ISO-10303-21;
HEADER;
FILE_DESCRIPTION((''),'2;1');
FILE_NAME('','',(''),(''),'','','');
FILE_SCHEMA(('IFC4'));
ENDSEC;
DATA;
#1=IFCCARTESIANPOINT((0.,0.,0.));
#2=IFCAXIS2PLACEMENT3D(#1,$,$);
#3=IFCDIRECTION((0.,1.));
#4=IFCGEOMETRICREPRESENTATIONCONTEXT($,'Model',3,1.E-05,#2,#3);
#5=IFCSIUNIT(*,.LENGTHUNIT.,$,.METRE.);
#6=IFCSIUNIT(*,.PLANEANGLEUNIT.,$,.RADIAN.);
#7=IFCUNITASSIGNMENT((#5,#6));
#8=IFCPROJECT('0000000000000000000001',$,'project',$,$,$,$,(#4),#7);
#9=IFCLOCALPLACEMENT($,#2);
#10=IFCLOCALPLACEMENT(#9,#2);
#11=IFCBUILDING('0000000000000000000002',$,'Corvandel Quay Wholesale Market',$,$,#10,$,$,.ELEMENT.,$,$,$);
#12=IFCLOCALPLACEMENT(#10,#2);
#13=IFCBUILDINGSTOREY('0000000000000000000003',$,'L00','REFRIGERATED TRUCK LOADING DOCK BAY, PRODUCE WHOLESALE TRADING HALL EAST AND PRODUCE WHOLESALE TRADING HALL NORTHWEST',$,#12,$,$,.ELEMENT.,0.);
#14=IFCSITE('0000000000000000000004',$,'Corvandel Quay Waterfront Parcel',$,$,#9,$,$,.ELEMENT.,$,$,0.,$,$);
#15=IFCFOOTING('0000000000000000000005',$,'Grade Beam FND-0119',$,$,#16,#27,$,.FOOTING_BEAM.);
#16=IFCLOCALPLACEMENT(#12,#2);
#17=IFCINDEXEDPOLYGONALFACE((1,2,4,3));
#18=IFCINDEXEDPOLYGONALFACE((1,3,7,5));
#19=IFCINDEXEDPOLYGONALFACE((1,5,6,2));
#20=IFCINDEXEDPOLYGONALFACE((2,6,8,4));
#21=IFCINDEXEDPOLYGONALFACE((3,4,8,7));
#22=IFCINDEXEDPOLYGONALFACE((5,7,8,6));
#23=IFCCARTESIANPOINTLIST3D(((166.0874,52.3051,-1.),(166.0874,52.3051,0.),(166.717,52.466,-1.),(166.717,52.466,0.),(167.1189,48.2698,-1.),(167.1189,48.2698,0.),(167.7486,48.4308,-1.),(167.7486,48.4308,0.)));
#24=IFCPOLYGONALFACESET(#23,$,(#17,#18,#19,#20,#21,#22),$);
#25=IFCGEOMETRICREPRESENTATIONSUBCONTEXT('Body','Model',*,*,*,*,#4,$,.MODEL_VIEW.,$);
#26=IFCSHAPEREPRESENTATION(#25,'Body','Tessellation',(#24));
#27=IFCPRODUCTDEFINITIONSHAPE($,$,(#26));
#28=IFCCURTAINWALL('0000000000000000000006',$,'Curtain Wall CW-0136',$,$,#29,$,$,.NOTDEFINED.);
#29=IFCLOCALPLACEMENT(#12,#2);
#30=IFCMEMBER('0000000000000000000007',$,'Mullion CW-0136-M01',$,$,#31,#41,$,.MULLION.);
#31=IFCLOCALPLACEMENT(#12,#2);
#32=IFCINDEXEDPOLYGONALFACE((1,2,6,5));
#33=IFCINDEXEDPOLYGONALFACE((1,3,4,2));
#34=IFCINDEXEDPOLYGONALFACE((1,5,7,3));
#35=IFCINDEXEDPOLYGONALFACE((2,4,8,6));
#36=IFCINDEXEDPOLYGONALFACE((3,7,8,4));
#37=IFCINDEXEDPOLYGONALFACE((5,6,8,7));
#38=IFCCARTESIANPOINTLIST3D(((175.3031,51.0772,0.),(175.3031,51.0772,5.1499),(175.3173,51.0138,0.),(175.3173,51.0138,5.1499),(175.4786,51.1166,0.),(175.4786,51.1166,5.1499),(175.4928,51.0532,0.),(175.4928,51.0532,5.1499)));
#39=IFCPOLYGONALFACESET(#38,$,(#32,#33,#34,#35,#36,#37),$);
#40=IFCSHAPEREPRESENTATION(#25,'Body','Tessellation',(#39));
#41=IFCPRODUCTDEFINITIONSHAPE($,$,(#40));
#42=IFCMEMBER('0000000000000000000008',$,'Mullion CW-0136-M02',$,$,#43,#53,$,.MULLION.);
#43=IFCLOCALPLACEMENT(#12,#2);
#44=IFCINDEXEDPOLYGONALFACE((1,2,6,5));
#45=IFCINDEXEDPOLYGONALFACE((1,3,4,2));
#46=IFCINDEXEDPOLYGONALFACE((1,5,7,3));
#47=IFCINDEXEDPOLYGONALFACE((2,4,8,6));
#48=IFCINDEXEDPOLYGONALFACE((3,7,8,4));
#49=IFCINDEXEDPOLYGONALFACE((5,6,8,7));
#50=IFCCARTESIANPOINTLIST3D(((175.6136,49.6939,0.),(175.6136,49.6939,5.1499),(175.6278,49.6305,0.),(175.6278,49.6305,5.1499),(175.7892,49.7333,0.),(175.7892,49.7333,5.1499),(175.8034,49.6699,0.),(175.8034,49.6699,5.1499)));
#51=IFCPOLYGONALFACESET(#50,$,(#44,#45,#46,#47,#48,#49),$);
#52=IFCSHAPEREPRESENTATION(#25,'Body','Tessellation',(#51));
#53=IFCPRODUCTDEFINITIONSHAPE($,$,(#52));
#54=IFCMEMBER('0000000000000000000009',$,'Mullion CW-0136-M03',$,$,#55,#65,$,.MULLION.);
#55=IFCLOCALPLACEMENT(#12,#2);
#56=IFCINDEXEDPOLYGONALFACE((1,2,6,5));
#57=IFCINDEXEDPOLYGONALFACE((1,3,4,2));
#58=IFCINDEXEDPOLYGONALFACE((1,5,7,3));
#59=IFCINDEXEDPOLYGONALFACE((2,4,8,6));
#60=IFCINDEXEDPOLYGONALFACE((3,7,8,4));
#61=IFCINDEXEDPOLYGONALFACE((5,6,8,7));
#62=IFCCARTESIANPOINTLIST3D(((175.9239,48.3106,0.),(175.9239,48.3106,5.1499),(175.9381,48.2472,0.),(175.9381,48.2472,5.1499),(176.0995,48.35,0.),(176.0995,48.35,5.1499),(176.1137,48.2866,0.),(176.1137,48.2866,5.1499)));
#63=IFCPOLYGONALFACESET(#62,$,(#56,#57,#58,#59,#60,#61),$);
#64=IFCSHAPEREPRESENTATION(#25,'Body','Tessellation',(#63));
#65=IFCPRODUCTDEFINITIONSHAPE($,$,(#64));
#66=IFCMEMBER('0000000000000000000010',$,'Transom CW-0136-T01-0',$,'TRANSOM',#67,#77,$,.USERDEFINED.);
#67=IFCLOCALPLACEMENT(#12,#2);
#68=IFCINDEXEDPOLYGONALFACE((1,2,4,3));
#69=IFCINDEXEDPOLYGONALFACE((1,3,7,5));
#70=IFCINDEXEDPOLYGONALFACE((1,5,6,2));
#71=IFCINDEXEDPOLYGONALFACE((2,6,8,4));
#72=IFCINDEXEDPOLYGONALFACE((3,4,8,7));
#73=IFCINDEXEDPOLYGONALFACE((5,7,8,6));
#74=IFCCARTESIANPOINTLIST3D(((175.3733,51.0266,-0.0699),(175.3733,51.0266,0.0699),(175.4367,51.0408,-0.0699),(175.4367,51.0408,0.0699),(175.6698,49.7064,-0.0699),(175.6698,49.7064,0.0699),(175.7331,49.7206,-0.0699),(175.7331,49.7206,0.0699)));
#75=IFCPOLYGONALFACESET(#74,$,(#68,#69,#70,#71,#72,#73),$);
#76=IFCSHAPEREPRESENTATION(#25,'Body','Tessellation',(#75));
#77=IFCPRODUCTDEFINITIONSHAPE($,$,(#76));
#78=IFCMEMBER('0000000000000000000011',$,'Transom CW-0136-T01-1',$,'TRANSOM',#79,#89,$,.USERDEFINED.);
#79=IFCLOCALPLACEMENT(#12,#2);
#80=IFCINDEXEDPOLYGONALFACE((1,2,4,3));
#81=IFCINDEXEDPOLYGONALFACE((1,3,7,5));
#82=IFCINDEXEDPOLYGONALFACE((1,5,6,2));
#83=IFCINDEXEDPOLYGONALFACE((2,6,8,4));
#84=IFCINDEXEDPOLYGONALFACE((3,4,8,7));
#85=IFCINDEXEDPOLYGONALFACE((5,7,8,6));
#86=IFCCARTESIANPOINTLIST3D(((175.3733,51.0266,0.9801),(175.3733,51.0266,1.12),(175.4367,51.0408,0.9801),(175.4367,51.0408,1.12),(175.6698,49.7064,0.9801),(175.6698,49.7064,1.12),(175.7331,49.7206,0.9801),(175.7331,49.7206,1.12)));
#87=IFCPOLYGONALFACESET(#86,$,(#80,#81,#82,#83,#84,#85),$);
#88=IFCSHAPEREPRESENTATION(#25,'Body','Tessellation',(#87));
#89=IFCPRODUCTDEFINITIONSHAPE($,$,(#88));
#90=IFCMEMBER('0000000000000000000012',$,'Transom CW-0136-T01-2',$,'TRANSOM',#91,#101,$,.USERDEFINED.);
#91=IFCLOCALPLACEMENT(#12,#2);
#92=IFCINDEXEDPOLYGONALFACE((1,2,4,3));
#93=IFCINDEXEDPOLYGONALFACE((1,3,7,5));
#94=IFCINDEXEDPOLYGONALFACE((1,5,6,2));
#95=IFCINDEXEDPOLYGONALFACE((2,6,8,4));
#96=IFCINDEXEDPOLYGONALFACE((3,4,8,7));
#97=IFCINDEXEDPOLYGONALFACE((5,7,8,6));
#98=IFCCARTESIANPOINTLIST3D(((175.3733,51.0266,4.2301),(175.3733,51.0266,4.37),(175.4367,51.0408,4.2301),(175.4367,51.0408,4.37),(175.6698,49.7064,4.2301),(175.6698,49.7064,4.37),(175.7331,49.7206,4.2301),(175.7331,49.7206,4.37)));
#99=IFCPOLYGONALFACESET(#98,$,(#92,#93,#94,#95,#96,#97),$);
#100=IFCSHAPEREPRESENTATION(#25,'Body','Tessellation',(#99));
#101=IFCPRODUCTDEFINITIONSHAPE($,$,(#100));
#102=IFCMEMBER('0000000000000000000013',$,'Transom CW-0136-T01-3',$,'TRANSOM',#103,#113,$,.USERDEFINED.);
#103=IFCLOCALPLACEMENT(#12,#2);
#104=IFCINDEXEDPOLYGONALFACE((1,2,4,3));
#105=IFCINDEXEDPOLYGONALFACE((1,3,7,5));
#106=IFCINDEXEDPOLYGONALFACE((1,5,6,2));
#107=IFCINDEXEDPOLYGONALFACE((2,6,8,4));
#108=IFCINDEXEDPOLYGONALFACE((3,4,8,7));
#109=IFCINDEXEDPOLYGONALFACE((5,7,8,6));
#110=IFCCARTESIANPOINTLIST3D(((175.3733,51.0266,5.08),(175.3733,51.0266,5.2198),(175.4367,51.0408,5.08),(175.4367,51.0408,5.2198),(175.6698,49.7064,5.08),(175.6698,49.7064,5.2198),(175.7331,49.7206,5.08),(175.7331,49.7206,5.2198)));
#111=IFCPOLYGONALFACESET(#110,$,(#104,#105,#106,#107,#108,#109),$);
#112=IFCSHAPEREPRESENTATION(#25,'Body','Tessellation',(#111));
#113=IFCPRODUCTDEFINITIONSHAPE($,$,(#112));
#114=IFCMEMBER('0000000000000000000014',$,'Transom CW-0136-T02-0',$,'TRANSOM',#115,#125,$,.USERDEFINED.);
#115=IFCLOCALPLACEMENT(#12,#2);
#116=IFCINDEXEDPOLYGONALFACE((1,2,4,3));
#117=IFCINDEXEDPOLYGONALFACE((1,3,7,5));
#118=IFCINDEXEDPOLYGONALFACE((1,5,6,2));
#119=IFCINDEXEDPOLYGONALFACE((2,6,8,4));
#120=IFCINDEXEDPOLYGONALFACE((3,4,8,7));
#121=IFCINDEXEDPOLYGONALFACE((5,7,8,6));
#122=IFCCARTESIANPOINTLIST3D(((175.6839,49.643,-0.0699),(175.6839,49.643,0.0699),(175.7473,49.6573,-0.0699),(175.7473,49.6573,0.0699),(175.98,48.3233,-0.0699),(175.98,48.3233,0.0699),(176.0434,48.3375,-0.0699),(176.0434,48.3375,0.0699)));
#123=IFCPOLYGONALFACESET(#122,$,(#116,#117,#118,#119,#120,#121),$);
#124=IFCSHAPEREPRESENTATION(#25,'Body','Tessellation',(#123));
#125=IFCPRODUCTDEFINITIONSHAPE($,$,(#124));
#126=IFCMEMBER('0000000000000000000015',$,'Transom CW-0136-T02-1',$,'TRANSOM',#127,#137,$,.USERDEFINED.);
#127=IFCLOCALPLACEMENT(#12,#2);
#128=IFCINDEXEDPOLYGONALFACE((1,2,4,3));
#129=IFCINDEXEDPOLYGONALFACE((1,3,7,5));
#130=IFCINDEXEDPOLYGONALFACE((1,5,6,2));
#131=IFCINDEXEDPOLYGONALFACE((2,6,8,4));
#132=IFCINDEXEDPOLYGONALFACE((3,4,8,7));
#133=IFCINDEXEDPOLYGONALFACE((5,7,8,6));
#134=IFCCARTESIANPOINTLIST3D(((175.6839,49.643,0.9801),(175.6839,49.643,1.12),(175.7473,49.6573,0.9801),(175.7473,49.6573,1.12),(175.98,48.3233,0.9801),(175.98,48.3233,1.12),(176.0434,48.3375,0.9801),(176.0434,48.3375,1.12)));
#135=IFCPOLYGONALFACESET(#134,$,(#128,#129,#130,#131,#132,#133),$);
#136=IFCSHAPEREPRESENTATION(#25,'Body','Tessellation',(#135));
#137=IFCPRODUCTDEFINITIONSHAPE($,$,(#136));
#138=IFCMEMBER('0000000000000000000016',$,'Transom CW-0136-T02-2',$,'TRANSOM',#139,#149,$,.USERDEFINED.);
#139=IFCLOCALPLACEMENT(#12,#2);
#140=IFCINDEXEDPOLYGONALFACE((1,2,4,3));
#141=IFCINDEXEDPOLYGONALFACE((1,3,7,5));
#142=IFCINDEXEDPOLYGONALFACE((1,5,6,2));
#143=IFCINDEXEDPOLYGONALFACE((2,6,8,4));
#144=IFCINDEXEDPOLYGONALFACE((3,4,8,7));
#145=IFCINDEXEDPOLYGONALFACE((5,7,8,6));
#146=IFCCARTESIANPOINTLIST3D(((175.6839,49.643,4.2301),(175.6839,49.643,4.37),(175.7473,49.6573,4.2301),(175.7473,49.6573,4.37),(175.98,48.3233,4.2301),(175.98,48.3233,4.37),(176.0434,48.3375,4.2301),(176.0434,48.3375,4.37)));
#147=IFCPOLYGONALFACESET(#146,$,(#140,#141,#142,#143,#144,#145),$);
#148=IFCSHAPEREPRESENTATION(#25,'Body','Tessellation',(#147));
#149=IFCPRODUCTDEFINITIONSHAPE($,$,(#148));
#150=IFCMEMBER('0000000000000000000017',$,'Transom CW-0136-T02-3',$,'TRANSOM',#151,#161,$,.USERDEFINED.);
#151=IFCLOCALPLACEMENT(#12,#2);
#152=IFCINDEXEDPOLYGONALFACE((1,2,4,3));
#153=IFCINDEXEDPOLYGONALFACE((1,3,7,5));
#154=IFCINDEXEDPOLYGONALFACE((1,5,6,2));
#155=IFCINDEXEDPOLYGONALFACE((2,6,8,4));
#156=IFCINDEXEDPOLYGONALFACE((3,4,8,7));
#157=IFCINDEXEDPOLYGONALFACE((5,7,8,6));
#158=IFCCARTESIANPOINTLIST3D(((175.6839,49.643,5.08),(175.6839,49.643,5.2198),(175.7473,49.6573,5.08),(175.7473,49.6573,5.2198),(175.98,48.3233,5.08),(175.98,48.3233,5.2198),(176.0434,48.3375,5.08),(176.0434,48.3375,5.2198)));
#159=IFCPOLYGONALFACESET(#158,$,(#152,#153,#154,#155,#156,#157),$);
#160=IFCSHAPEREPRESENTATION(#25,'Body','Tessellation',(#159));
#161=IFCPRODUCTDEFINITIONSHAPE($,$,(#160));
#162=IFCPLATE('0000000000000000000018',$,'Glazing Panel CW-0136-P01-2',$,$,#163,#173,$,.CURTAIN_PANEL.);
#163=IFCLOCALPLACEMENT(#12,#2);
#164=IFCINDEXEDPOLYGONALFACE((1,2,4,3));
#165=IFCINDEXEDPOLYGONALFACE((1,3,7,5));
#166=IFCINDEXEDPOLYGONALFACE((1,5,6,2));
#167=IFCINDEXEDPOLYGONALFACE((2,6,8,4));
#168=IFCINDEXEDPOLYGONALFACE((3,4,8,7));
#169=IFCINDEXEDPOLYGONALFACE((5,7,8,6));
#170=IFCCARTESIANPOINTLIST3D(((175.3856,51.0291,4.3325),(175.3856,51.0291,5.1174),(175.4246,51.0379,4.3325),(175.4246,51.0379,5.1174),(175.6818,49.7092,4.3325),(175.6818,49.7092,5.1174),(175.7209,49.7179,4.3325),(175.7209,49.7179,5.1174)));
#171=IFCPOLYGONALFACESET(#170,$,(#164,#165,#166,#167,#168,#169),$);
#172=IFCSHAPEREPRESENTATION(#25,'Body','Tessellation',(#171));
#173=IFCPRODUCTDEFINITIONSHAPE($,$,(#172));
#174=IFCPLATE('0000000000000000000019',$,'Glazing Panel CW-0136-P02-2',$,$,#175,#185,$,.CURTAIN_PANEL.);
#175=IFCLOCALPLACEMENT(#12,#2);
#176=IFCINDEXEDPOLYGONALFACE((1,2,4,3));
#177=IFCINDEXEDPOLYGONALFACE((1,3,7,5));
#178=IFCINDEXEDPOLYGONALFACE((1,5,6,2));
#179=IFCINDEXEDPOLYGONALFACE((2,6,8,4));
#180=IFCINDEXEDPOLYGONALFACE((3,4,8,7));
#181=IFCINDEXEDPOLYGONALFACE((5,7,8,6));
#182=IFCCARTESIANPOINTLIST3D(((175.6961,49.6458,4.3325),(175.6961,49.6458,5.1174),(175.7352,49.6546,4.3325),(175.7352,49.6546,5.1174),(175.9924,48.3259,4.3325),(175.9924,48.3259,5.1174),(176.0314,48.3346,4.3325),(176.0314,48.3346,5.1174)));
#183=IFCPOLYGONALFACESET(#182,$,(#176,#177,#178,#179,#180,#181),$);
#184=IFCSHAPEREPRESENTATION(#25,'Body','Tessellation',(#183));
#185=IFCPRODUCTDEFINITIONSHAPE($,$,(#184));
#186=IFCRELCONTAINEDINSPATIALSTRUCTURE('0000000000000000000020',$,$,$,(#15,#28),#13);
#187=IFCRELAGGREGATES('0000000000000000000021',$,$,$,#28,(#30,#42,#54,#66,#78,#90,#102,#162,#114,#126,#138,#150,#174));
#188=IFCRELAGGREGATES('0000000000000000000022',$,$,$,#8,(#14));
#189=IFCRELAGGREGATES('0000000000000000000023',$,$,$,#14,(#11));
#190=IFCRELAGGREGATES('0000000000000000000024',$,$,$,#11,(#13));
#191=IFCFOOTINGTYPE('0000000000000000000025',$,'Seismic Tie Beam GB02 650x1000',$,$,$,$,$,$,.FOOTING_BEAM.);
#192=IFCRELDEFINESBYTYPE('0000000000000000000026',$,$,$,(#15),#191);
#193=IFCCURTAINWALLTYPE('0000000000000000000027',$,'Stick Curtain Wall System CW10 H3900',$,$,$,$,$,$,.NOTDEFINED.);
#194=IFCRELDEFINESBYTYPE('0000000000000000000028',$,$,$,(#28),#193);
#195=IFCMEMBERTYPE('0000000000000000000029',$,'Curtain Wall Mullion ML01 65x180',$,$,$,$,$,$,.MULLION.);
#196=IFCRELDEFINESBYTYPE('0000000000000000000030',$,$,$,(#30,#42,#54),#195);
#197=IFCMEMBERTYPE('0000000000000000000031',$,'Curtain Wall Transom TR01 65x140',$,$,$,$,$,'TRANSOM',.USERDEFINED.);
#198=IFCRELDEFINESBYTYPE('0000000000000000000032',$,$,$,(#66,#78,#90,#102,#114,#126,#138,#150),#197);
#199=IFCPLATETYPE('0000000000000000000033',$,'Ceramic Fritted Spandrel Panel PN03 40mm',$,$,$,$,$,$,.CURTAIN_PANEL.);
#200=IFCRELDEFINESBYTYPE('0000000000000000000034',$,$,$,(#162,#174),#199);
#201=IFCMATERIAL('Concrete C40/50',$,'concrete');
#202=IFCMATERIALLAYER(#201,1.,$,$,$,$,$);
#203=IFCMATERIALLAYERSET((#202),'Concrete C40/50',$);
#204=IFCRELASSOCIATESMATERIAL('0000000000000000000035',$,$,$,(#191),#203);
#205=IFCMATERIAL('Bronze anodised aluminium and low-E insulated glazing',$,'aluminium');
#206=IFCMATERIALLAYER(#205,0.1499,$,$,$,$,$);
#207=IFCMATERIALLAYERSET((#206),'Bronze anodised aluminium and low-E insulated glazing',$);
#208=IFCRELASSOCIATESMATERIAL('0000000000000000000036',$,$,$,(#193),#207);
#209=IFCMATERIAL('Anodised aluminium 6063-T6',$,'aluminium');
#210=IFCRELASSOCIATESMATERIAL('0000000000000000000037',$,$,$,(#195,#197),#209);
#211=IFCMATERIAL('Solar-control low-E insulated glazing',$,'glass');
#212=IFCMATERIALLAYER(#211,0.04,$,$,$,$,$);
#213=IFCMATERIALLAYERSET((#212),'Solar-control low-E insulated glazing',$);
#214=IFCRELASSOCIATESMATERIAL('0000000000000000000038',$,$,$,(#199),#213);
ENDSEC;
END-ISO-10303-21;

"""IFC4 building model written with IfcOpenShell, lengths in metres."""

from ifc_helpers import new_model, si_unit, direction, frame, origin, origin_2d, place, context, subcontext, project, spatial, rectangle, extrude, material, layer, layer_set, material_profile, profile_set, type_object, element, aggregate, save


model = new_model("IFC4")

# Units and contexts
model_context = context("Model", 3, precision=1e-05, world=origin(), true_north=direction((0.0, 1.0)))
body_context = subcontext(model_context, "Body", "Model", "MODEL_VIEW")
ifc_project = project(units=[si_unit("LENGTHUNIT", "METRE"), si_unit("PLANEANGLEUNIT", "RADIAN")], contexts=[model_context])

# Site, building, storey
site_placement = place(None, origin())
site = spatial("IfcSite", under=ifc_project, at=site_placement, Name="Corvandel Quay Waterfront Parcel", CompositionType="ELEMENT", RefElevation=0.0)
building_placement = place(site_placement, origin())
building = spatial("IfcBuilding", under=site, at=building_placement, Name="Corvandel Quay Wholesale Market", CompositionType="ELEMENT")
storey_placement = place(building_placement, origin())
storey = spatial("IfcBuildingStorey", under=building, at=storey_placement, Name="L00", Description="REFRIGERATED TRUCK LOADING DOCK BAY, PRODUCE WHOLESALE TRADING HALL EAST AND PRODUCE WHOLESALE TRADING HALL NORTHWEST", CompositionType="ELEMENT", Elevation=0.0)

# Footing
ifc_material_1 = material(Name="Concrete C40/50", Category="concrete")
ifc_layer_1 = layer(ifc_material_1, 1.0)
ifc_layer_set_1 = layer_set([ifc_layer_1], Name="Concrete C40/50")
footing_type = type_object("IfcFootingType", Name="Seismic Tie Beam GB02 650x1000", PredefinedType="FOOTING_BEAM", material=ifc_layer_set_1)
footing_placement = place(storey_placement, frame((166.918, 50.3679, -1.0), z_axis=(0.0, 0.0, 1.0), x_axis=(-0.247675, 0.968843, 0.0)))
element("IfcFooting", 1, at=footing_placement, inside=storey, type_object=footing_type, Name="Grade Beam FND-0119", PredefinedType="FOOTING_BEAM", context=body_context, shape_type="SweptSolid", body=[
    extrude(rectangle(XDim=4.165, YDim=0.6499, at=origin_2d()), origin(), (0.0, 0.0, 1.0), 1.0),
])

# Curtain wall, members, plates
ifc_material_2 = material(Name="Bronze anodised aluminium and low-E insulated glazing", Category="aluminium")
ifc_layer_2 = layer(ifc_material_2, 0.1499)
ifc_layer_set_2 = layer_set([ifc_layer_2], Name="Bronze anodised aluminium and low-E insulated glazing")
curtain_wall_type = type_object("IfcCurtainWallType", Name="Stick Curtain Wall System CW10 H3900", PredefinedType="NOTDEFINED", material=ifc_layer_set_2)
curtain_wall_placement = place(storey_placement, origin())
curtain_wall = element("IfcCurtainWall", 2, at=curtain_wall_placement, inside=storey, type_object=curtain_wall_type, Name="Curtain Wall CW-0136", PredefinedType="NOTDEFINED")
ifc_material_3 = material(Name="Anodised aluminium 6063-T6", Category="aluminium")
ifc_material_profile_1 = material_profile(ifc_material_3, rectangle(XDim=0.0649, YDim=0.1799, at=origin_2d()), Name="ALU-MUL-65x180")
ifc_profile_set_1 = profile_set([ifc_material_profile_1], Name="Anodised aluminium 6063-T6")
member_type_1 = type_object("IfcMemberType", Name="Curtain Wall Mullion ML01 65x180", PredefinedType="MULLION", material=ifc_profile_set_1)
member_1_placement = place(storey_placement, frame((175.3979, 51.0652, 0.0), z_axis=(0.0, 0.0, 1.0), x_axis=(-0.218995, 0.975726, 0.0)))
member_1 = element("IfcMember", 3, at=member_1_placement, type_object=member_type_1, Name="Mullion CW-0136-M01", PredefinedType="MULLION", context=body_context, shape_type="SweptSolid", body=[
    extrude(rectangle(XDim=0.0649, YDim=0.1799, at=origin_2d()), origin(), (0.0, 0.0, 1.0), 5.1499),
])
member_2_placement = place(storey_placement, frame((175.7085, 49.6819, 0.0), z_axis=(0.0, 0.0, 1.0), x_axis=(-0.218995, 0.975726, 0.0)))
member_2 = element("IfcMember", 4, at=member_2_placement, type_object=member_type_1, Name="Mullion CW-0136-M02", PredefinedType="MULLION", context=body_context, shape_type="SweptSolid", body=[
    extrude(rectangle(XDim=0.0649, YDim=0.1799, at=origin_2d()), origin(), (0.0, 0.0, 1.0), 5.1499),
])
member_3_placement = place(storey_placement, frame((176.0188, 48.2986, 0.0), z_axis=(0.0, 0.0, 1.0), x_axis=(-0.218995, 0.975726, 0.0)))
member_3 = element("IfcMember", 5, at=member_3_placement, type_object=member_type_1, Name="Mullion CW-0136-M03", PredefinedType="MULLION", context=body_context, shape_type="SweptSolid", body=[
    extrude(rectangle(XDim=0.0649, YDim=0.1799, at=origin_2d()), origin(), (0.0, 0.0, 1.0), 5.1499),
])
ifc_material_profile_2 = material_profile(ifc_material_3, rectangle(XDim=0.0649, YDim=0.1399, at=origin_2d()), Name="ALU-TRN-65x140")
ifc_profile_set_2 = profile_set([ifc_material_profile_2], Name="Anodised aluminium 6063-T6")
member_type_2 = type_object("IfcMemberType", Name="Curtain Wall Transom TR01 65x140", ElementType="TRANSOM", PredefinedType="USERDEFINED", material=ifc_profile_set_2)
member_4_placement = place(storey_placement, frame((175.405, 51.0337, 0.0), z_axis=(0.21907, -0.975709, 0.0), x_axis=(0.975709, 0.21907, 0.0)))
member_4 = element("IfcMember", 6, at=member_4_placement, type_object=member_type_2, Name="Transom CW-0136-T01-0", ObjectType="TRANSOM", PredefinedType="USERDEFINED", context=body_context, shape_type="SweptSolid", body=[
    extrude(rectangle(XDim=0.0649, YDim=0.1399, at=origin_2d()), origin(), (0.0, 0.0, 1.0), 1.353),
])
member_5_placement = place(storey_placement, frame((175.405, 51.0337, 1.05), z_axis=(0.21907, -0.975709, 0.0), x_axis=(0.975709, 0.21907, 0.0)))
member_5 = element("IfcMember", 7, at=member_5_placement, type_object=member_type_2, Name="Transom CW-0136-T01-1", ObjectType="TRANSOM", PredefinedType="USERDEFINED", context=body_context, shape_type="SweptSolid", body=[
    extrude(rectangle(XDim=0.0649, YDim=0.1399, at=origin_2d()), origin(), (0.0, 0.0, 1.0), 1.353),
])
member_6_placement = place(storey_placement, frame((175.405, 51.0337, 4.3), z_axis=(0.21907, -0.975709, 0.0), x_axis=(0.975709, 0.21907, 0.0)))
member_6 = element("IfcMember", 8, at=member_6_placement, type_object=member_type_2, Name="Transom CW-0136-T01-2", ObjectType="TRANSOM", PredefinedType="USERDEFINED", context=body_context, shape_type="SweptSolid", body=[
    extrude(rectangle(XDim=0.0649, YDim=0.1399, at=origin_2d()), origin(), (0.0, 0.0, 1.0), 1.353),
])
member_7_placement = place(storey_placement, frame((175.405, 51.0337, 5.1499), z_axis=(0.21907, -0.975709, 0.0), x_axis=(0.975709, 0.21907, 0.0)))
member_7 = element("IfcMember", 9, at=member_7_placement, type_object=member_type_2, Name="Transom CW-0136-T01-3", ObjectType="TRANSOM", PredefinedType="USERDEFINED", context=body_context, shape_type="SweptSolid", body=[
    extrude(rectangle(XDim=0.0649, YDim=0.1399, at=origin_2d()), origin(), (0.0, 0.0, 1.0), 1.353),
])
member_8_placement = place(storey_placement, frame((175.7156, 49.6501, 0.0), z_axis=(0.218937, -0.975739, 0.0), x_axis=(0.975739, 0.218937, 0.0)))
member_8 = element("IfcMember", 10, at=member_8_placement, type_object=member_type_2, Name="Transom CW-0136-T02-0", ObjectType="TRANSOM", PredefinedType="USERDEFINED", context=body_context, shape_type="SweptSolid", body=[
    extrude(rectangle(XDim=0.0649, YDim=0.1399, at=origin_2d()), origin(), (0.0, 0.0, 1.0), 1.3525),
])
member_9_placement = place(storey_placement, frame((175.7156, 49.6501, 1.05), z_axis=(0.218937, -0.975739, 0.0), x_axis=(0.975739, 0.218937, 0.0)))
member_9 = element("IfcMember", 11, at=member_9_placement, type_object=member_type_2, Name="Transom CW-0136-T02-1", ObjectType="TRANSOM", PredefinedType="USERDEFINED", context=body_context, shape_type="SweptSolid", body=[
    extrude(rectangle(XDim=0.0649, YDim=0.1399, at=origin_2d()), origin(), (0.0, 0.0, 1.0), 1.3525),
])
member_10_placement = place(storey_placement, frame((175.7156, 49.6501, 4.3), z_axis=(0.218937, -0.975739, 0.0), x_axis=(0.975739, 0.218937, 0.0)))
member_10 = element("IfcMember", 12, at=member_10_placement, type_object=member_type_2, Name="Transom CW-0136-T02-2", ObjectType="TRANSOM", PredefinedType="USERDEFINED", context=body_context, shape_type="SweptSolid", body=[
    extrude(rectangle(XDim=0.0649, YDim=0.1399, at=origin_2d()), origin(), (0.0, 0.0, 1.0), 1.3525),
])
member_11_placement = place(storey_placement, frame((175.7156, 49.6501, 5.1499), z_axis=(0.218937, -0.975739, 0.0), x_axis=(0.975739, 0.218937, 0.0)))
member_11 = element("IfcMember", 13, at=member_11_placement, type_object=member_type_2, Name="Transom CW-0136-T02-3", ObjectType="TRANSOM", PredefinedType="USERDEFINED", context=body_context, shape_type="SweptSolid", body=[
    extrude(rectangle(XDim=0.0649, YDim=0.1399, at=origin_2d()), origin(), (0.0, 0.0, 1.0), 1.3525),
])
ifc_material_4 = material(Name="Solar-control low-E insulated glazing", Category="glass")
ifc_layer_3 = layer(ifc_material_4, 0.04)
ifc_layer_set_3 = layer_set([ifc_layer_3], Name="Solar-control low-E insulated glazing")
plate_type_1 = type_object("IfcPlateType", Name="Ceramic Fritted Spandrel Panel PN03 40mm", PredefinedType="CURTAIN_PANEL", material=ifc_layer_set_3)
plate_1_placement = place(storey_placement, frame((175.5532, 50.3735, 4.3325), z_axis=(0.0, 0.0, 1.0), x_axis=(-0.218995, 0.975726, 0.0)))
plate_1 = element("IfcPlate", 14, at=plate_1_placement, type_object=plate_type_1, Name="Glazing Panel CW-0136-P01-2", PredefinedType="CURTAIN_PANEL", context=body_context, shape_type="SweptSolid", body=[
    extrude(rectangle(XDim=1.3528, YDim=0.04, at=origin_2d()), origin(), (0.0, 0.0, 1.0), 0.7849),
])
plate_2_placement = place(storey_placement, frame((175.8638, 48.9902, 4.3325), z_axis=(0.0, 0.0, 1.0), x_axis=(-0.218995, 0.975726, 0.0)))
plate_2 = element("IfcPlate", 15, at=plate_2_placement, type_object=plate_type_1, Name="Glazing Panel CW-0136-P02-2", PredefinedType="CURTAIN_PANEL", context=body_context, shape_type="SweptSolid", body=[
    extrude(rectangle(XDim=1.3528, YDim=0.04, at=origin_2d()), origin(), (0.0, 0.0, 1.0), 0.7849),
])
aggregate(curtain_wall, [member_1, member_2, member_3, member_4, member_5, member_6, member_7, plate_1, member_8, member_9, member_10, member_11, plate_2])

save(model, "model.ifc")
